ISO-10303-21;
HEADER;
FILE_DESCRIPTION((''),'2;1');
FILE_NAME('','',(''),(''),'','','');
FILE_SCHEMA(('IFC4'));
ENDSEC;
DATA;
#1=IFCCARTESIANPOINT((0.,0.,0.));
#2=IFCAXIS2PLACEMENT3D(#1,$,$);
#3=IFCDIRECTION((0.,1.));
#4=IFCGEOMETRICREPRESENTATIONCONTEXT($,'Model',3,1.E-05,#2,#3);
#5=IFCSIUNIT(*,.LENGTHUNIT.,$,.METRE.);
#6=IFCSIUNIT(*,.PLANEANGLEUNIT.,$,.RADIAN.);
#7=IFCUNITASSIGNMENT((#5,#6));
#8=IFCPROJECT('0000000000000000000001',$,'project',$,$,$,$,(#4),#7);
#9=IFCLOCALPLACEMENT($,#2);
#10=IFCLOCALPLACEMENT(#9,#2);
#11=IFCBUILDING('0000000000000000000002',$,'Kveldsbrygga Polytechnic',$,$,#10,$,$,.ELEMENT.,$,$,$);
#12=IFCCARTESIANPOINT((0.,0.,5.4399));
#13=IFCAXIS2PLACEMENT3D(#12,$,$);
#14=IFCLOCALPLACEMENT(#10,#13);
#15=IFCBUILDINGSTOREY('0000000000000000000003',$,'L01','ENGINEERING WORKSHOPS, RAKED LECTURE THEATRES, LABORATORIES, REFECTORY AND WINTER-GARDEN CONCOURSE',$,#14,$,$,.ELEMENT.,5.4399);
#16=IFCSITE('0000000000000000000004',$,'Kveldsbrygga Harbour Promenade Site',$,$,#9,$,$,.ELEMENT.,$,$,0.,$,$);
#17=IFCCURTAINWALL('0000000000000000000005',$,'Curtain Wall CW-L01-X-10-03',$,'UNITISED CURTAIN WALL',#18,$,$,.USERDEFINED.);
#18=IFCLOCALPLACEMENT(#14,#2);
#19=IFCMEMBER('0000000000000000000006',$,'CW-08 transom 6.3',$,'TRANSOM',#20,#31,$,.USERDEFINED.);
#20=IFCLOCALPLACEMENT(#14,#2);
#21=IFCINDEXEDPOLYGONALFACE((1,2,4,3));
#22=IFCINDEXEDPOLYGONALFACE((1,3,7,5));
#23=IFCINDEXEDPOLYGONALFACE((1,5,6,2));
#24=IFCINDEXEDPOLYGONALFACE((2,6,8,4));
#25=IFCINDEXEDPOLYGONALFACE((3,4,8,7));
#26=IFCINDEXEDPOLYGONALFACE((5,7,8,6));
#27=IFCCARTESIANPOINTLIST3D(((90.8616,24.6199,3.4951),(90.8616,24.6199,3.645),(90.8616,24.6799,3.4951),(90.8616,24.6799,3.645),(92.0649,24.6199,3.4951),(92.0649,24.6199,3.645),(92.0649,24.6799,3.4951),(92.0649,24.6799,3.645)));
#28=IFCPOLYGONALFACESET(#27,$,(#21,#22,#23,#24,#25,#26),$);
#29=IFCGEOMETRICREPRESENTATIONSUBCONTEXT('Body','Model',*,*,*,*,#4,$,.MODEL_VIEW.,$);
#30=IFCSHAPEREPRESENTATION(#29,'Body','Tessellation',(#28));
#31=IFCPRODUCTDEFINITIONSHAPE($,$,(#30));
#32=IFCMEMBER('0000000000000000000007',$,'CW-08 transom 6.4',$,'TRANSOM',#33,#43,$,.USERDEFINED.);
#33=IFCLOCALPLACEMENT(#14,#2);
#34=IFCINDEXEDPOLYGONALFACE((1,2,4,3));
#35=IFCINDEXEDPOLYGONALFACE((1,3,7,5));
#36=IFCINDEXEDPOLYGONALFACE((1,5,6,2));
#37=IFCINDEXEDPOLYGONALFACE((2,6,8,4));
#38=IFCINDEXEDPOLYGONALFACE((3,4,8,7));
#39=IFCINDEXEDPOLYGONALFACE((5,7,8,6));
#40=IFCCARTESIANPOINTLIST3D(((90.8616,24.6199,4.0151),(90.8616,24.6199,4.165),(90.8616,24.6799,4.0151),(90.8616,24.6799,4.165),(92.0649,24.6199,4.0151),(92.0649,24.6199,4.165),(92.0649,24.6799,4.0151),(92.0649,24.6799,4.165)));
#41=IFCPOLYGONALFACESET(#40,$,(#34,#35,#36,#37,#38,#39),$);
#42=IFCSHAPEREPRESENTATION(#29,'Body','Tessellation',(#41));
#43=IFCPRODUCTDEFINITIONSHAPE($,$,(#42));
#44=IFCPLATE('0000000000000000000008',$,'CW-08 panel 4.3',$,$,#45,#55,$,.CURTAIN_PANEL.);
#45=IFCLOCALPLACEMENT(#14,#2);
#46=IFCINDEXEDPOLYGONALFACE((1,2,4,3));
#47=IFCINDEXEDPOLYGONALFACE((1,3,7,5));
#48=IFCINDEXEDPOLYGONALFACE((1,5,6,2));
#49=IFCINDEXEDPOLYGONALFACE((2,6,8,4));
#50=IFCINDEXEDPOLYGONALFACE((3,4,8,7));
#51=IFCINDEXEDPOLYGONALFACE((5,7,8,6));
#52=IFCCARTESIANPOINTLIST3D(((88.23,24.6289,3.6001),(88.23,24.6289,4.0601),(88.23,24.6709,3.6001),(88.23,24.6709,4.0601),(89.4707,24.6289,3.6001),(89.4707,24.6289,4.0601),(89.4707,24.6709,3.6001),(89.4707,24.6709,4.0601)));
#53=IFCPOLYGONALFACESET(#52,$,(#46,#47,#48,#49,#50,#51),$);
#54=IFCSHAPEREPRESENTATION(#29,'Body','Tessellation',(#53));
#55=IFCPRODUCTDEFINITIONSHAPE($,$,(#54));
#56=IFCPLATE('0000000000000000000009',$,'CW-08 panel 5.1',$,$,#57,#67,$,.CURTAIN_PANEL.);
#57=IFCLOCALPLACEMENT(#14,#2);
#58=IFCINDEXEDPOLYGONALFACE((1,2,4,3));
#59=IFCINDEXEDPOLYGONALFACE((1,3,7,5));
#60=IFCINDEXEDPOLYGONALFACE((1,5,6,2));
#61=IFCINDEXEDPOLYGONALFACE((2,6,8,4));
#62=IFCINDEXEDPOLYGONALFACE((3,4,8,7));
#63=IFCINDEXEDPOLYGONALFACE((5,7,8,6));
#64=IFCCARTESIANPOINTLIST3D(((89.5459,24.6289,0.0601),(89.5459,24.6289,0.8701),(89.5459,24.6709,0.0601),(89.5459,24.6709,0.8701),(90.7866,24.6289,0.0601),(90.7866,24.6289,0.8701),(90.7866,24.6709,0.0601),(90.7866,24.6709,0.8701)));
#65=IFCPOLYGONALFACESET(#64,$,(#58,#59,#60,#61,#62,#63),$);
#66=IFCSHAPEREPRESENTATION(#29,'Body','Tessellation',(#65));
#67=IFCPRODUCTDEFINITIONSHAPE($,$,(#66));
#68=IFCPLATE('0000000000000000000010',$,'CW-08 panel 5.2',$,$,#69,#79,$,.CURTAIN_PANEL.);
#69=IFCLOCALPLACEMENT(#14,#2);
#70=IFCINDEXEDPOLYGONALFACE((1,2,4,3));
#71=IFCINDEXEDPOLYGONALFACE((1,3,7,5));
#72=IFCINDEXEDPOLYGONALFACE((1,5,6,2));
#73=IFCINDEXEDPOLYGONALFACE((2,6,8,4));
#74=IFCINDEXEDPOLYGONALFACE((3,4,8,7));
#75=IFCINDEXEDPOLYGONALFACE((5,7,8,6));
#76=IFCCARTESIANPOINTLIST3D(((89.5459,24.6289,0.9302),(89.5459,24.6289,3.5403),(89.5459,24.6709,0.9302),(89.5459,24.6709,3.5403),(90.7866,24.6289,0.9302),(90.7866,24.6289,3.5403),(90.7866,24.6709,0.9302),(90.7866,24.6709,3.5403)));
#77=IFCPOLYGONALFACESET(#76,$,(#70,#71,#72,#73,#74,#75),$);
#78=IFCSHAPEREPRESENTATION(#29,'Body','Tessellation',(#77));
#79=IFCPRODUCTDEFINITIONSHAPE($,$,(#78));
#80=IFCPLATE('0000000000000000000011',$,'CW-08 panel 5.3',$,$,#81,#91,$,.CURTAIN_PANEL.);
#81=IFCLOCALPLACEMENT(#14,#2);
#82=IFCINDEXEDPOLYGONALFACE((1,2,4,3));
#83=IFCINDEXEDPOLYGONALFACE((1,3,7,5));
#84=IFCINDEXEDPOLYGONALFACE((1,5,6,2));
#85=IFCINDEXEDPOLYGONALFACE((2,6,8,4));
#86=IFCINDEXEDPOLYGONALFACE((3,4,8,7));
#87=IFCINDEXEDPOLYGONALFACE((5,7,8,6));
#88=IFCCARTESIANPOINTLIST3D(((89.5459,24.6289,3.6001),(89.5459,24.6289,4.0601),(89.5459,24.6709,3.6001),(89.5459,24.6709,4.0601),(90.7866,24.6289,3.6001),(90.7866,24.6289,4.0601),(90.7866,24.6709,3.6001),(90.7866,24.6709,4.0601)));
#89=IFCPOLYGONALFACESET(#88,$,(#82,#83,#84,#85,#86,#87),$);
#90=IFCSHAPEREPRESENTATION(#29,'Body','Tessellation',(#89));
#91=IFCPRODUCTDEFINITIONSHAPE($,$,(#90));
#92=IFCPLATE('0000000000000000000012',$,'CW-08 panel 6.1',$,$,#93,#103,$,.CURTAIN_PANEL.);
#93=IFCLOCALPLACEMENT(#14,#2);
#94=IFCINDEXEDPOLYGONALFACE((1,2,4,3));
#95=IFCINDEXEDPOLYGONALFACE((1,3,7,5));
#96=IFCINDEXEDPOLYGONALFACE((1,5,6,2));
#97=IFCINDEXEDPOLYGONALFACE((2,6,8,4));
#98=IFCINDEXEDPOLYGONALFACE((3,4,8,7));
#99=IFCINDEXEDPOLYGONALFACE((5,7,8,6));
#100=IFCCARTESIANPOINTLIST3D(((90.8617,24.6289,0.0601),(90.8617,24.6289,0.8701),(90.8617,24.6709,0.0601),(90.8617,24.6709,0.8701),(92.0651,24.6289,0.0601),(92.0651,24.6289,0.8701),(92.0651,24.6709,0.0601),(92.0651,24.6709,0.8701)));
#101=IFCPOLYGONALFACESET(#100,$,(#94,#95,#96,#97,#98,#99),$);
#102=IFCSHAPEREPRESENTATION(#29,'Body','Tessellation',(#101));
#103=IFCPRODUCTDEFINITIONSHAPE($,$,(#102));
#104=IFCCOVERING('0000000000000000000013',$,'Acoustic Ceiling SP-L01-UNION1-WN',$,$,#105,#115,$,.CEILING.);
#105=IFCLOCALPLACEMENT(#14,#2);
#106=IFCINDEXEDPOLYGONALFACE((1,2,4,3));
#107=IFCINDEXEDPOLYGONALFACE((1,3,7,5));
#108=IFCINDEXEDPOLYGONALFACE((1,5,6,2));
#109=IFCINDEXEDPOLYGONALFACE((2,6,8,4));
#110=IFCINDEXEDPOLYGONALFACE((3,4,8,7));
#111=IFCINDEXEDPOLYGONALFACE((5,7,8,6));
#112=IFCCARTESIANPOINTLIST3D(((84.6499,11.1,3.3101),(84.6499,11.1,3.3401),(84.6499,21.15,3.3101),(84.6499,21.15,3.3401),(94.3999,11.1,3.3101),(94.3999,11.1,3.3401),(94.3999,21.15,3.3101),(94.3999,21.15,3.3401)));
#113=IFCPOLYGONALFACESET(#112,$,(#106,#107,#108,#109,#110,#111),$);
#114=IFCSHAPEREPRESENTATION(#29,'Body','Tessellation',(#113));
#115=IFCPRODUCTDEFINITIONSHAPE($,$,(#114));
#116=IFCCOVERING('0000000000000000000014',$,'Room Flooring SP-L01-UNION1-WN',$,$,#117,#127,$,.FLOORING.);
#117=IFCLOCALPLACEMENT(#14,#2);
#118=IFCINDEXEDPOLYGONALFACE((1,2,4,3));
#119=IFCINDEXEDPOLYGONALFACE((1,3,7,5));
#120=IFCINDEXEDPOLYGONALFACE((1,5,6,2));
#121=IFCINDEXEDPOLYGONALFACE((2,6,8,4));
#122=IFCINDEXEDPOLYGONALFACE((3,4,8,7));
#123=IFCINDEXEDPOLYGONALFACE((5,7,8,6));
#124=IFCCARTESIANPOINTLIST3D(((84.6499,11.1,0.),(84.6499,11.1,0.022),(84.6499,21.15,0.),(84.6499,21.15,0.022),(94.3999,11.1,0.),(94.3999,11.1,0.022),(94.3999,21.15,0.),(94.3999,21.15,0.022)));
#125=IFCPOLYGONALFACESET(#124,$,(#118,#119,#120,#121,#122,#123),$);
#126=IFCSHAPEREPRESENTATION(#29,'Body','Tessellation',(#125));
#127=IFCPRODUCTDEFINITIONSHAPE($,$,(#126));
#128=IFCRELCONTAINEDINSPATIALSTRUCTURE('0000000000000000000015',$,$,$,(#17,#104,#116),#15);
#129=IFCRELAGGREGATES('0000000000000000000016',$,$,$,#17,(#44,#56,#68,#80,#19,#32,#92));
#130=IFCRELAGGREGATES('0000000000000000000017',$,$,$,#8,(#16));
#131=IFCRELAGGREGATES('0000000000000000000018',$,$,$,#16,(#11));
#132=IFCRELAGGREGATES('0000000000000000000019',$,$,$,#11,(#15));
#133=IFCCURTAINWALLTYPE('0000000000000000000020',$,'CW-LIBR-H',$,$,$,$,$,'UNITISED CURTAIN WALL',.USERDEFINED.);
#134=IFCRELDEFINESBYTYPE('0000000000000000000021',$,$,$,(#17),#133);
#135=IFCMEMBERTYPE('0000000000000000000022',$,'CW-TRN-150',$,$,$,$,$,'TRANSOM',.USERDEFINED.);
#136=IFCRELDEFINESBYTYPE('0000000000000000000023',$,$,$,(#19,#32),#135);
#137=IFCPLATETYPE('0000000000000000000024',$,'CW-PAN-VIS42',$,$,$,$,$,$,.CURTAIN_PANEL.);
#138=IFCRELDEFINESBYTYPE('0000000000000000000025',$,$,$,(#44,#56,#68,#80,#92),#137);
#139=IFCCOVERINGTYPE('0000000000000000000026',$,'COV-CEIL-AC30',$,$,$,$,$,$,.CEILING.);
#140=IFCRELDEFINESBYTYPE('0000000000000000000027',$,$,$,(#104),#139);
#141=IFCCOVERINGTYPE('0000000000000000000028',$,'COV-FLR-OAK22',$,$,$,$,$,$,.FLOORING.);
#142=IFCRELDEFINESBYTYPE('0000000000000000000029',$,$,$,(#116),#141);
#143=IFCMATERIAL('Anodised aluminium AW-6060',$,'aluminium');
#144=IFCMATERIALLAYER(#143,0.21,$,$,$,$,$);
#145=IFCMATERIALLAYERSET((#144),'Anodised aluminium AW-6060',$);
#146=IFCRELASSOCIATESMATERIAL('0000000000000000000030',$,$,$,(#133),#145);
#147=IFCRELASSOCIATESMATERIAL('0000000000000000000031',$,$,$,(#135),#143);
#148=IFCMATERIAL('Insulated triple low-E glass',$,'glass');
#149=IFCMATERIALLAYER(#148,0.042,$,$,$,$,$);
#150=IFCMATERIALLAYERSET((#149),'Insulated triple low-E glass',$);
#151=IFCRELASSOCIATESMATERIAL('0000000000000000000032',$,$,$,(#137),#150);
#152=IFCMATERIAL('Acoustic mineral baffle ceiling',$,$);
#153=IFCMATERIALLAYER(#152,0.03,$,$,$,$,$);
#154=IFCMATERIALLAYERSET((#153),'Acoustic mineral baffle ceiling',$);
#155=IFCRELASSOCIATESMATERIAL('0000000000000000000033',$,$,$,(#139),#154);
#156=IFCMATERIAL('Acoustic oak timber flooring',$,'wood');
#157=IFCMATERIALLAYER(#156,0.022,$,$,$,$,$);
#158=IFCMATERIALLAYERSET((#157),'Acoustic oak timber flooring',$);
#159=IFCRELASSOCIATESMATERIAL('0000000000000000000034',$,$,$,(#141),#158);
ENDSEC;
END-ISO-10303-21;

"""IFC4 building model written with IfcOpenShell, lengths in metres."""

from ifc_helpers import new_model, si_unit, direction, frame, origin, origin_2d, place, context, subcontext, project, spatial, rectangle, extrude, material, layer, layer_set, material_profile, profile_set, type_object, element, aggregate, save


model = new_model("IFC4")

# Units and contexts
model_context = context("Model", 3, precision=1e-05, world=origin(), true_north=direction((0.0, 1.0)))
body_context = subcontext(model_context, "Body", "Model", "MODEL_VIEW")
ifc_project = project(units=[si_unit("LENGTHUNIT", "METRE"), si_unit("PLANEANGLEUNIT", "RADIAN")], contexts=[model_context])

# Site, building, storey
site_placement = place(None, origin())
site = spatial("IfcSite", under=ifc_project, at=site_placement, Name="Kveldsbrygga Harbour Promenade Site", CompositionType="ELEMENT", RefElevation=0.0)
building_placement = place(site_placement, origin())
building = spatial("IfcBuilding", under=site, at=building_placement, Name="Kveldsbrygga Polytechnic", CompositionType="ELEMENT")
storey_placement = place(building_placement, frame((0.0, 0.0, 5.4399)))
storey = spatial("IfcBuildingStorey", under=building, at=storey_placement, Name="L01", Description="ENGINEERING WORKSHOPS, RAKED LECTURE THEATRES, LABORATORIES, REFECTORY AND WINTER-GARDEN CONCOURSE", CompositionType="ELEMENT", Elevation=5.4399)

# Curtain wall, members, plates
ifc_material_1 = material(Name="Anodised aluminium AW-6060", Category="aluminium")
ifc_layer_1 = layer(ifc_material_1, 0.21)
ifc_layer_set_1 = layer_set([ifc_layer_1], Name="Anodised aluminium AW-6060")
curtain_wall_type = type_object("IfcCurtainWallType", Name="CW-LIBR-H", ElementType="UNITISED CURTAIN WALL", PredefinedType="USERDEFINED", material=ifc_layer_set_1)
curtain_wall_placement = place(storey_placement, origin())
curtain_wall = element("IfcCurtainWall", 1, at=curtain_wall_placement, inside=storey, type_object=curtain_wall_type, Name="Curtain Wall CW-L01-X-10-03", ObjectType="UNITISED CURTAIN WALL", PredefinedType="USERDEFINED")
ifc_material_profile_1 = material_profile(ifc_material_1, rectangle(XDim=0.0601, YDim=0.1499, at=origin_2d()), Name="ALU 60x150")
ifc_profile_set_1 = profile_set([ifc_material_profile_1], Name="Anodised aluminium AW-6060")
member_type_1 = type_object("IfcMemberType", Name="CW-TRN-150", ElementType="TRANSOM", PredefinedType="USERDEFINED", material=ifc_profile_set_1)
member_1_placement = place(storey_placement, frame((90.8616, 24.6499, 3.5701), z_axis=(1.0, 0.0, 0.0), x_axis=(0.0, 1.0, 0.0)))
member_1 = element("IfcMember", 2, at=member_1_placement, type_object=member_type_1, Name="CW-08 transom 6.3", ObjectType="TRANSOM", PredefinedType="USERDEFINED", context=body_context, shape_type="SweptSolid", body=[
    extrude(rectangle(XDim=0.0601, YDim=0.1499, at=origin_2d()), origin(), (0.0, 0.0, 1.0), 1.2034),
])
member_2_placement = place(storey_placement, frame((90.8616, 24.6499, 4.0901), z_axis=(1.0, 0.0, 0.0), x_axis=(0.0, 1.0, 0.0)))
member_2 = element("IfcMember", 3, at=member_2_placement, type_object=member_type_1, Name="CW-08 transom 6.4", ObjectType="TRANSOM", PredefinedType="USERDEFINED", context=body_context, shape_type="SweptSolid", body=[
    extrude(rectangle(XDim=0.0601, YDim=0.1499, at=origin_2d()), origin(), (0.0, 0.0, 1.0), 1.2034),
])
ifc_material_2 = material(Name="Insulated triple low-E glass", Category="glass")
ifc_layer_2 = layer(ifc_material_2, 0.042)
ifc_layer_set_2 = layer_set([ifc_layer_2], Name="Insulated triple low-E glass")
plate_type = type_object("IfcPlateType", Name="CW-PAN-VIS42", PredefinedType="CURTAIN_PANEL", material=ifc_layer_set_2)
plate_1_placement = place(storey_placement, frame((88.8503, 24.6499, 3.6001), z_axis=(0.0, 0.0, 1.0), x_axis=(1.0, 0.0, 0.0)))
plate_1 = element("IfcPlate", 4, at=plate_1_placement, type_object=plate_type, Name="CW-08 panel 4.3", PredefinedType="CURTAIN_PANEL", context=body_context, shape_type="SweptSolid", body=[
    extrude(rectangle(XDim=1.2407, YDim=0.042, at=origin_2d()), origin(), (0.0, 0.0, 1.0), 0.46),
])
plate_2_placement = place(storey_placement, frame((90.1663, 24.6499, 0.0601), z_axis=(0.0, 0.0, 1.0), x_axis=(1.0, 0.0, 0.0)))
plate_2 = element("IfcPlate", 5, at=plate_2_placement, type_object=plate_type, Name="CW-08 panel 5.1", PredefinedType="CURTAIN_PANEL", context=body_context, shape_type="SweptSolid", body=[
    extrude(rectangle(XDim=1.2407, YDim=0.042, at=origin_2d()), origin(), (0.0, 0.0, 1.0), 0.8101),
])
plate_3_placement = place(storey_placement, frame((90.1663, 24.6499, 0.9302), z_axis=(0.0, 0.0, 1.0), x_axis=(1.0, 0.0, 0.0)))
plate_3 = element("IfcPlate", 6, at=plate_3_placement, type_object=plate_type, Name="CW-08 panel 5.2", PredefinedType="CURTAIN_PANEL", context=body_context, shape_type="SweptSolid", body=[
    extrude(rectangle(XDim=1.2407, YDim=0.042, at=origin_2d()), origin(), (0.0, 0.0, 1.0), 2.6101),
])
plate_4_placement = place(storey_placement, frame((90.1663, 24.6499, 3.6001), z_axis=(0.0, 0.0, 1.0), x_axis=(1.0, 0.0, 0.0)))
plate_4 = element("IfcPlate", 7, at=plate_4_placement, type_object=plate_type, Name="CW-08 panel 5.3", PredefinedType="CURTAIN_PANEL", context=body_context, shape_type="SweptSolid", body=[
    extrude(rectangle(XDim=1.2407, YDim=0.042, at=origin_2d()), origin(), (0.0, 0.0, 1.0), 0.46),
])
plate_5_placement = place(storey_placement, frame((91.4634, 24.6499, 0.0601), z_axis=(0.0, 0.0, 1.0), x_axis=(1.0, 0.0, 0.0)))
plate_5 = element("IfcPlate", 8, at=plate_5_placement, type_object=plate_type, Name="CW-08 panel 6.1", PredefinedType="CURTAIN_PANEL", context=body_context, shape_type="SweptSolid", body=[
    extrude(rectangle(XDim=1.2034, YDim=0.042, at=origin_2d()), origin(), (0.0, 0.0, 1.0), 0.8101),
])
aggregate(curtain_wall, [plate_1, plate_2, plate_3, plate_4, member_1, member_2, plate_5])

# Coverings
ifc_material_3 = material(Name="Acoustic mineral baffle ceiling")
ifc_layer_3 = layer(ifc_material_3, 0.03)
ifc_layer_set_3 = layer_set([ifc_layer_3], Name="Acoustic mineral baffle ceiling")
covering_type_1 = type_object("IfcCoveringType", Name="COV-CEIL-AC30", PredefinedType="CEILING", material=ifc_layer_set_3)
covering_1_placement = place(storey_placement, frame((89.5249, 16.125, 3.3101), z_axis=(0.0, 0.0, 1.0), x_axis=(1.0, 0.0, 0.0)))
element("IfcCovering", 9, at=covering_1_placement, inside=storey, type_object=covering_type_1, Name="Acoustic Ceiling SP-L01-UNION1-WN", PredefinedType="CEILING", context=body_context, shape_type="SweptSolid", body=[
    extrude(rectangle(XDim=9.75, YDim=10.05, at=origin_2d()), origin(), (0.0, 0.0, 1.0), 0.03),
])
ifc_material_4 = material(Name="Acoustic oak timber flooring", Category="wood")
ifc_layer_4 = layer(ifc_material_4, 0.022)
ifc_layer_set_4 = layer_set([ifc_layer_4], Name="Acoustic oak timber flooring")
covering_type_2 = type_object("IfcCoveringType", Name="COV-FLR-OAK22", PredefinedType="FLOORING", material=ifc_layer_set_4)
covering_2_placement = place(storey_placement, frame((89.5249, 16.125, 0.0), z_axis=(0.0, 0.0, 1.0), x_axis=(1.0, 0.0, 0.0)))
element("IfcCovering", 10, at=covering_2_placement, inside=storey, type_object=covering_type_2, Name="Room Flooring SP-L01-UNION1-WN", PredefinedType="FLOORING", context=body_context, shape_type="SweptSolid", body=[
    extrude(rectangle(XDim=9.75, YDim=10.05, at=origin_2d()), origin(), (0.0, 0.0, 1.0), 0.022),
])

save(model, "model.ifc")
